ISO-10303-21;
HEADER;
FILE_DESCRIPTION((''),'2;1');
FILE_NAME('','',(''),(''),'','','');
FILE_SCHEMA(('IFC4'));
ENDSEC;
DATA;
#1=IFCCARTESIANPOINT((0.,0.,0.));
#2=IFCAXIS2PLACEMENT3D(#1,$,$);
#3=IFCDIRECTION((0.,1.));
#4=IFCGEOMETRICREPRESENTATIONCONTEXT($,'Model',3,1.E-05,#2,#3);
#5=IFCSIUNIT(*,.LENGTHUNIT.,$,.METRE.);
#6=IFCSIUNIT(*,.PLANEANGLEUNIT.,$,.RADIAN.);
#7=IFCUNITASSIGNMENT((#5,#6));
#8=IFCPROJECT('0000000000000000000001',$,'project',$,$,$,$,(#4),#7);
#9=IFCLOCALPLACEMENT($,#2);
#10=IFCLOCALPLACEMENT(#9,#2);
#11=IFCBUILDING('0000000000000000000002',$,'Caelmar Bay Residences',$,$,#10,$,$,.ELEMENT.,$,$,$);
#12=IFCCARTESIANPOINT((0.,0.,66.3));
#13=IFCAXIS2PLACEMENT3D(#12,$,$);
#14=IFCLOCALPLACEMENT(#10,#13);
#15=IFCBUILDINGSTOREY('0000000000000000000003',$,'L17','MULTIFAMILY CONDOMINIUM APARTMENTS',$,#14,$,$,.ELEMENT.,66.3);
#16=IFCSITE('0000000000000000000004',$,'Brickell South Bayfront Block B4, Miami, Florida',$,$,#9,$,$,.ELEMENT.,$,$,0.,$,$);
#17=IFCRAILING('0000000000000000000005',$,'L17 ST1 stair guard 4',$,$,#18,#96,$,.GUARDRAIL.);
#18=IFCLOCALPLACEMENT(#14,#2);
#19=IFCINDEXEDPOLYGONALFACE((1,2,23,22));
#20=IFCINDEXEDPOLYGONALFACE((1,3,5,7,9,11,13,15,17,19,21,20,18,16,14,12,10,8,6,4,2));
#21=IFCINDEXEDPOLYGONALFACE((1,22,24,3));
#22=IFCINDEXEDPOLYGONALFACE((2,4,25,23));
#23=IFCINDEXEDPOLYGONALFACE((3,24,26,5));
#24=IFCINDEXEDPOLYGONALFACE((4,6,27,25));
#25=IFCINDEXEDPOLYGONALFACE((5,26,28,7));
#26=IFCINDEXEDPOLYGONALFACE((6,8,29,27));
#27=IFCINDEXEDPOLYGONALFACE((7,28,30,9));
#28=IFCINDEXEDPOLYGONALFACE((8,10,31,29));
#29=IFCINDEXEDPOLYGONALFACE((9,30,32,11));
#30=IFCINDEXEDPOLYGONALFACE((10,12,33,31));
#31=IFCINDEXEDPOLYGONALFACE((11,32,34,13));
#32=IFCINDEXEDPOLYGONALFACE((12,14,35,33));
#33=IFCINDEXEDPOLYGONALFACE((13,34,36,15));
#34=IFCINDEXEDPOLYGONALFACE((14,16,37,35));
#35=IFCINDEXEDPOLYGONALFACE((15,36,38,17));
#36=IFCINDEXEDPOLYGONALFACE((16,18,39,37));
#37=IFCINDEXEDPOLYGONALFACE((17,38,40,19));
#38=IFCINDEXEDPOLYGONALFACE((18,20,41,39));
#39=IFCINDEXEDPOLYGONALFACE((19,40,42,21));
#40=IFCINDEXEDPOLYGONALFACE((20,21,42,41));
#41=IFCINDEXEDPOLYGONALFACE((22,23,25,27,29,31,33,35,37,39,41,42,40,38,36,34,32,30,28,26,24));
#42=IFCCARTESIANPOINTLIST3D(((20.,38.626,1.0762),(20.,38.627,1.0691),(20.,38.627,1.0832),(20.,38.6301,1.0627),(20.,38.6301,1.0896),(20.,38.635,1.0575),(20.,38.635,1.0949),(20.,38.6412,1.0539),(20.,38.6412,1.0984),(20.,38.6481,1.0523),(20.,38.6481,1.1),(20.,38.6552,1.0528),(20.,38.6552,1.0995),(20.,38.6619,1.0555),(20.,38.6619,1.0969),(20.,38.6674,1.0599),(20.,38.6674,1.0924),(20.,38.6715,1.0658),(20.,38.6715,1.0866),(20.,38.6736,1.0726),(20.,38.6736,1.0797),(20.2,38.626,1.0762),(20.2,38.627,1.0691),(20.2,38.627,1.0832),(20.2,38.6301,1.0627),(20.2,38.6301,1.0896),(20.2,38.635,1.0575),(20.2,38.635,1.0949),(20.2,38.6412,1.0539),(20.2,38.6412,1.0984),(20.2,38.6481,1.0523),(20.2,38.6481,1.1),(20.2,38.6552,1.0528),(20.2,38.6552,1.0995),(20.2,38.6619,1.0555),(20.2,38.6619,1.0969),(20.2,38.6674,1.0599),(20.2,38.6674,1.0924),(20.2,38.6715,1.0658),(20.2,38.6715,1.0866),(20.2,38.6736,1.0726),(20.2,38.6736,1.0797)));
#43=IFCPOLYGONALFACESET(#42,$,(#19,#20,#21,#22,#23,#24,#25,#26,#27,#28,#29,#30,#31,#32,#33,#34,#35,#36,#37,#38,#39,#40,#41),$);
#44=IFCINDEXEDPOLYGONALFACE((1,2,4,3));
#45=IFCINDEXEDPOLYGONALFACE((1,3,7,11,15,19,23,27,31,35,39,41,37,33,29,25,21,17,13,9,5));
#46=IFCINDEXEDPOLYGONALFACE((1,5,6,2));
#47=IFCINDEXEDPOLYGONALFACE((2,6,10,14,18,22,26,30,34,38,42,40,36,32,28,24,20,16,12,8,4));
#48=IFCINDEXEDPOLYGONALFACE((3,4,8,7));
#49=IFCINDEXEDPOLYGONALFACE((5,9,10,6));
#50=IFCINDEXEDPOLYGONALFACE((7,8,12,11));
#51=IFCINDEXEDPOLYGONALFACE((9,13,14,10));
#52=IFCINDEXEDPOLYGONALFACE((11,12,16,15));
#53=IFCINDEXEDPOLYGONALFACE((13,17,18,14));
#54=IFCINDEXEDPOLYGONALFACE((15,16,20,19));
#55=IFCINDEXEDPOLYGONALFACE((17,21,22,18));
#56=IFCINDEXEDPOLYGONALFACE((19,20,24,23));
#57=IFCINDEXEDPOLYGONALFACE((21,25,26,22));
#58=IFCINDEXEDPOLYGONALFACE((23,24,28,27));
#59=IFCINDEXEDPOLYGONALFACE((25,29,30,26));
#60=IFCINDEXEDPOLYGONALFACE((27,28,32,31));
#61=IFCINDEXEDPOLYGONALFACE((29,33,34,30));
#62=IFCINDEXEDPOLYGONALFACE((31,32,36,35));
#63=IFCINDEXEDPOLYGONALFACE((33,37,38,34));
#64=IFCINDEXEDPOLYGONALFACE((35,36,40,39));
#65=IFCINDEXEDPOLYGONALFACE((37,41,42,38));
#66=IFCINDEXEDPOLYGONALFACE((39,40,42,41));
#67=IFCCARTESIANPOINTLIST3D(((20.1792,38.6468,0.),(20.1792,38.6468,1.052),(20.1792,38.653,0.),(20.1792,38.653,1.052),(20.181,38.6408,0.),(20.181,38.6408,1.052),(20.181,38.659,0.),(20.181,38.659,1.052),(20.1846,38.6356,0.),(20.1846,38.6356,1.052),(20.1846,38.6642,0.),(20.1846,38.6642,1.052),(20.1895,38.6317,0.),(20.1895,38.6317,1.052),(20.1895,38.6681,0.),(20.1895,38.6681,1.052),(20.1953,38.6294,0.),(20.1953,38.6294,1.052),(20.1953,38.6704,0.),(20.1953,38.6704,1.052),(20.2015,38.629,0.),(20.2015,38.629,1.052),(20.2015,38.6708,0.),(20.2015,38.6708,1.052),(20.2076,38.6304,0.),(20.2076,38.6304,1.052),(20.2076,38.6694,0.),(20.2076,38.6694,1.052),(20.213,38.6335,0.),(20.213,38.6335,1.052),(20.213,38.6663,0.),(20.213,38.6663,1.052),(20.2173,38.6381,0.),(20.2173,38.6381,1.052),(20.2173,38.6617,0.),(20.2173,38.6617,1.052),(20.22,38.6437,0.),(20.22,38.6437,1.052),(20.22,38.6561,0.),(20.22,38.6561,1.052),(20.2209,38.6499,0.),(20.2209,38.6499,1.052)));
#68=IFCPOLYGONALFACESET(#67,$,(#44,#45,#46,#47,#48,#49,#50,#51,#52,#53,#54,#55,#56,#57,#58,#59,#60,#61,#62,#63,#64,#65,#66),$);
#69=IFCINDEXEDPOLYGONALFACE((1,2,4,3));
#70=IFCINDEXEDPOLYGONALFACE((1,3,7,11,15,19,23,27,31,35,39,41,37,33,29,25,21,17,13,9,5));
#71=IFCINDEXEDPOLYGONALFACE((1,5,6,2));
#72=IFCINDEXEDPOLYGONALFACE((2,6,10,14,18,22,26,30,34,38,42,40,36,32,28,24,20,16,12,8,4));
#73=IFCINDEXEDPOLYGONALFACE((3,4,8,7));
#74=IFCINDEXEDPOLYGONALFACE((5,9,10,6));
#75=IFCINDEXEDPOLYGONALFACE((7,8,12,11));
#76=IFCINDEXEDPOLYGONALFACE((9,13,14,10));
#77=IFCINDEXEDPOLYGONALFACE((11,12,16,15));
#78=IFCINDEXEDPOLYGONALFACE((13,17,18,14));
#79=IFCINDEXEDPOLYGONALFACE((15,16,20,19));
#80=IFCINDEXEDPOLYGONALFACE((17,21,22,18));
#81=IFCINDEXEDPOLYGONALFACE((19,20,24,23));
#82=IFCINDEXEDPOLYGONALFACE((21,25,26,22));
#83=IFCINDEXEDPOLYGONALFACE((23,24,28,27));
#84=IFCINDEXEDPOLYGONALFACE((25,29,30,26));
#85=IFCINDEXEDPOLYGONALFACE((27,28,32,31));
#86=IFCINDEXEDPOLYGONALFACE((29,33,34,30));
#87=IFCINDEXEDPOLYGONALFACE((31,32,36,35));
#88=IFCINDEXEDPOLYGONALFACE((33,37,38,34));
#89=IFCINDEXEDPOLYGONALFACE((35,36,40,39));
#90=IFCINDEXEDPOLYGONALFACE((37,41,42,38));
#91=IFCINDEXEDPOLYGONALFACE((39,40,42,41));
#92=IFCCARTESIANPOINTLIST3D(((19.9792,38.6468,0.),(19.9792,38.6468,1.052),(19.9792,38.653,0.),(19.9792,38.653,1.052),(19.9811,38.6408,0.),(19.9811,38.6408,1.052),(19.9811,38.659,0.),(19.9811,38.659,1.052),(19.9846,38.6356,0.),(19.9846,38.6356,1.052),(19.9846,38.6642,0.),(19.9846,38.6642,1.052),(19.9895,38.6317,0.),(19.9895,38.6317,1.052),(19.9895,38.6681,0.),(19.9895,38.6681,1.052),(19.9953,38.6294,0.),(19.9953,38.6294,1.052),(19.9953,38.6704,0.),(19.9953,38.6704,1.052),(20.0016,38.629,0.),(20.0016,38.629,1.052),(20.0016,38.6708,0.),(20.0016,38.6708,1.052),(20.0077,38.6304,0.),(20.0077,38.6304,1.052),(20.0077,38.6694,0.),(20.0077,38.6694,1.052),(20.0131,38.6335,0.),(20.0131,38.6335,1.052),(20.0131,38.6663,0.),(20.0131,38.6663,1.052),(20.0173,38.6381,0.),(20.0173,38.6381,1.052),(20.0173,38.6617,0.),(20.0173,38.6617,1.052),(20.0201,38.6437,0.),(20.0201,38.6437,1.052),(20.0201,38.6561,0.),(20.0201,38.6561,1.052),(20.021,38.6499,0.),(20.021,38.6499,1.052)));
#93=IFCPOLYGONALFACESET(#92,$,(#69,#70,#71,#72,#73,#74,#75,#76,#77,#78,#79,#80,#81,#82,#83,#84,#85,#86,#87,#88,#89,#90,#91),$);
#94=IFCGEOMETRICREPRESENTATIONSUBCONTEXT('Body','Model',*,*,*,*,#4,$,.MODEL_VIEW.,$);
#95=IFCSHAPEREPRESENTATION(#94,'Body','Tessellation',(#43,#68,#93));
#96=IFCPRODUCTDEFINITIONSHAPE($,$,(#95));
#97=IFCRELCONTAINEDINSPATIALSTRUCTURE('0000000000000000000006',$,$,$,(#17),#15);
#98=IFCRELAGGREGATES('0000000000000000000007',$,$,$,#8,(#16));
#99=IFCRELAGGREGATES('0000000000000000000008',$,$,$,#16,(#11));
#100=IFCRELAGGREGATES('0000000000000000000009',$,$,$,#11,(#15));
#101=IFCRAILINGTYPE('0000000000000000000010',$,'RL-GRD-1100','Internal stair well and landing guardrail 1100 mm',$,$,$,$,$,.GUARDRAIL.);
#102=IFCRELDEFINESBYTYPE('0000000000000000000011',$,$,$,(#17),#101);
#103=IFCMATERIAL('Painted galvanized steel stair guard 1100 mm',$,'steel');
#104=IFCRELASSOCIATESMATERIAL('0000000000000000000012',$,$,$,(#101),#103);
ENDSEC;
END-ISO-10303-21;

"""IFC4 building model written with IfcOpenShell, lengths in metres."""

from ifc_helpers import new_model, si_unit, direction, frame, origin, origin_2d, place, context, subcontext, project, spatial, circle, extrude, material, type_object, element, save


model = new_model("IFC4")

# Units and contexts
model_context = context("Model", 3, precision=1e-05, world=origin(), true_north=direction((0.0, 1.0)))
body_context = subcontext(model_context, "Body", "Model", "MODEL_VIEW")
ifc_project = project(units=[si_unit("LENGTHUNIT", "METRE"), si_unit("PLANEANGLEUNIT", "RADIAN")], contexts=[model_context])

# Site, building, storey
site_placement = place(None, origin())
site = spatial("IfcSite", under=ifc_project, at=site_placement, Name="Brickell South Bayfront Block B4, Miami, Florida", CompositionType="ELEMENT", RefElevation=0.0)
building_placement = place(site_placement, origin())
building = spatial("IfcBuilding", under=site, at=building_placement, Name="Caelmar Bay Residences", CompositionType="ELEMENT")
storey_placement = place(building_placement, frame((0.0, 0.0, 66.3)))
storey = spatial("IfcBuildingStorey", under=building, at=storey_placement, Name="L17", Description="MULTIFAMILY CONDOMINIUM APARTMENTS", CompositionType="ELEMENT", Elevation=66.3)

# Railing
ifc_material_1 = material(Name="Painted galvanized steel stair guard 1100 mm", Category="steel")
railing_type_1 = type_object("IfcRailingType", Name="RL-GRD-1100", Description="Internal stair well and landing guardrail 1100 mm", PredefinedType="GUARDRAIL", material=ifc_material_1)
railing_1_placement = place(storey_placement, frame((20.2, 38.6499, 0.0)))
element("IfcRailing", 1, at=railing_1_placement, inside=storey, type_object=railing_type_1, Name="L17 ST1 stair guard 4", PredefinedType="GUARDRAIL", context=body_context, shape_type="SweptSolid", body=[
    extrude(circle(Radius=0.0239, at=origin_2d()), frame((0.0, 0.0, 1.0762), z_axis=(-1.0, 0.0, 0.0), x_axis=(0.0, -1.0, 0.0)), (0.0, 0.0, 1.0), 0.2),
    extrude(circle(Radius=0.021, at=origin_2d()), origin(), (0.0, 0.0, 1.0), 1.052),
    extrude(circle(Radius=0.021, at=origin_2d()), frame((-0.2, 0.0, 0.0)), (0.0, 0.0, 1.0), 1.052),
])

save(model, "model.ifc")
